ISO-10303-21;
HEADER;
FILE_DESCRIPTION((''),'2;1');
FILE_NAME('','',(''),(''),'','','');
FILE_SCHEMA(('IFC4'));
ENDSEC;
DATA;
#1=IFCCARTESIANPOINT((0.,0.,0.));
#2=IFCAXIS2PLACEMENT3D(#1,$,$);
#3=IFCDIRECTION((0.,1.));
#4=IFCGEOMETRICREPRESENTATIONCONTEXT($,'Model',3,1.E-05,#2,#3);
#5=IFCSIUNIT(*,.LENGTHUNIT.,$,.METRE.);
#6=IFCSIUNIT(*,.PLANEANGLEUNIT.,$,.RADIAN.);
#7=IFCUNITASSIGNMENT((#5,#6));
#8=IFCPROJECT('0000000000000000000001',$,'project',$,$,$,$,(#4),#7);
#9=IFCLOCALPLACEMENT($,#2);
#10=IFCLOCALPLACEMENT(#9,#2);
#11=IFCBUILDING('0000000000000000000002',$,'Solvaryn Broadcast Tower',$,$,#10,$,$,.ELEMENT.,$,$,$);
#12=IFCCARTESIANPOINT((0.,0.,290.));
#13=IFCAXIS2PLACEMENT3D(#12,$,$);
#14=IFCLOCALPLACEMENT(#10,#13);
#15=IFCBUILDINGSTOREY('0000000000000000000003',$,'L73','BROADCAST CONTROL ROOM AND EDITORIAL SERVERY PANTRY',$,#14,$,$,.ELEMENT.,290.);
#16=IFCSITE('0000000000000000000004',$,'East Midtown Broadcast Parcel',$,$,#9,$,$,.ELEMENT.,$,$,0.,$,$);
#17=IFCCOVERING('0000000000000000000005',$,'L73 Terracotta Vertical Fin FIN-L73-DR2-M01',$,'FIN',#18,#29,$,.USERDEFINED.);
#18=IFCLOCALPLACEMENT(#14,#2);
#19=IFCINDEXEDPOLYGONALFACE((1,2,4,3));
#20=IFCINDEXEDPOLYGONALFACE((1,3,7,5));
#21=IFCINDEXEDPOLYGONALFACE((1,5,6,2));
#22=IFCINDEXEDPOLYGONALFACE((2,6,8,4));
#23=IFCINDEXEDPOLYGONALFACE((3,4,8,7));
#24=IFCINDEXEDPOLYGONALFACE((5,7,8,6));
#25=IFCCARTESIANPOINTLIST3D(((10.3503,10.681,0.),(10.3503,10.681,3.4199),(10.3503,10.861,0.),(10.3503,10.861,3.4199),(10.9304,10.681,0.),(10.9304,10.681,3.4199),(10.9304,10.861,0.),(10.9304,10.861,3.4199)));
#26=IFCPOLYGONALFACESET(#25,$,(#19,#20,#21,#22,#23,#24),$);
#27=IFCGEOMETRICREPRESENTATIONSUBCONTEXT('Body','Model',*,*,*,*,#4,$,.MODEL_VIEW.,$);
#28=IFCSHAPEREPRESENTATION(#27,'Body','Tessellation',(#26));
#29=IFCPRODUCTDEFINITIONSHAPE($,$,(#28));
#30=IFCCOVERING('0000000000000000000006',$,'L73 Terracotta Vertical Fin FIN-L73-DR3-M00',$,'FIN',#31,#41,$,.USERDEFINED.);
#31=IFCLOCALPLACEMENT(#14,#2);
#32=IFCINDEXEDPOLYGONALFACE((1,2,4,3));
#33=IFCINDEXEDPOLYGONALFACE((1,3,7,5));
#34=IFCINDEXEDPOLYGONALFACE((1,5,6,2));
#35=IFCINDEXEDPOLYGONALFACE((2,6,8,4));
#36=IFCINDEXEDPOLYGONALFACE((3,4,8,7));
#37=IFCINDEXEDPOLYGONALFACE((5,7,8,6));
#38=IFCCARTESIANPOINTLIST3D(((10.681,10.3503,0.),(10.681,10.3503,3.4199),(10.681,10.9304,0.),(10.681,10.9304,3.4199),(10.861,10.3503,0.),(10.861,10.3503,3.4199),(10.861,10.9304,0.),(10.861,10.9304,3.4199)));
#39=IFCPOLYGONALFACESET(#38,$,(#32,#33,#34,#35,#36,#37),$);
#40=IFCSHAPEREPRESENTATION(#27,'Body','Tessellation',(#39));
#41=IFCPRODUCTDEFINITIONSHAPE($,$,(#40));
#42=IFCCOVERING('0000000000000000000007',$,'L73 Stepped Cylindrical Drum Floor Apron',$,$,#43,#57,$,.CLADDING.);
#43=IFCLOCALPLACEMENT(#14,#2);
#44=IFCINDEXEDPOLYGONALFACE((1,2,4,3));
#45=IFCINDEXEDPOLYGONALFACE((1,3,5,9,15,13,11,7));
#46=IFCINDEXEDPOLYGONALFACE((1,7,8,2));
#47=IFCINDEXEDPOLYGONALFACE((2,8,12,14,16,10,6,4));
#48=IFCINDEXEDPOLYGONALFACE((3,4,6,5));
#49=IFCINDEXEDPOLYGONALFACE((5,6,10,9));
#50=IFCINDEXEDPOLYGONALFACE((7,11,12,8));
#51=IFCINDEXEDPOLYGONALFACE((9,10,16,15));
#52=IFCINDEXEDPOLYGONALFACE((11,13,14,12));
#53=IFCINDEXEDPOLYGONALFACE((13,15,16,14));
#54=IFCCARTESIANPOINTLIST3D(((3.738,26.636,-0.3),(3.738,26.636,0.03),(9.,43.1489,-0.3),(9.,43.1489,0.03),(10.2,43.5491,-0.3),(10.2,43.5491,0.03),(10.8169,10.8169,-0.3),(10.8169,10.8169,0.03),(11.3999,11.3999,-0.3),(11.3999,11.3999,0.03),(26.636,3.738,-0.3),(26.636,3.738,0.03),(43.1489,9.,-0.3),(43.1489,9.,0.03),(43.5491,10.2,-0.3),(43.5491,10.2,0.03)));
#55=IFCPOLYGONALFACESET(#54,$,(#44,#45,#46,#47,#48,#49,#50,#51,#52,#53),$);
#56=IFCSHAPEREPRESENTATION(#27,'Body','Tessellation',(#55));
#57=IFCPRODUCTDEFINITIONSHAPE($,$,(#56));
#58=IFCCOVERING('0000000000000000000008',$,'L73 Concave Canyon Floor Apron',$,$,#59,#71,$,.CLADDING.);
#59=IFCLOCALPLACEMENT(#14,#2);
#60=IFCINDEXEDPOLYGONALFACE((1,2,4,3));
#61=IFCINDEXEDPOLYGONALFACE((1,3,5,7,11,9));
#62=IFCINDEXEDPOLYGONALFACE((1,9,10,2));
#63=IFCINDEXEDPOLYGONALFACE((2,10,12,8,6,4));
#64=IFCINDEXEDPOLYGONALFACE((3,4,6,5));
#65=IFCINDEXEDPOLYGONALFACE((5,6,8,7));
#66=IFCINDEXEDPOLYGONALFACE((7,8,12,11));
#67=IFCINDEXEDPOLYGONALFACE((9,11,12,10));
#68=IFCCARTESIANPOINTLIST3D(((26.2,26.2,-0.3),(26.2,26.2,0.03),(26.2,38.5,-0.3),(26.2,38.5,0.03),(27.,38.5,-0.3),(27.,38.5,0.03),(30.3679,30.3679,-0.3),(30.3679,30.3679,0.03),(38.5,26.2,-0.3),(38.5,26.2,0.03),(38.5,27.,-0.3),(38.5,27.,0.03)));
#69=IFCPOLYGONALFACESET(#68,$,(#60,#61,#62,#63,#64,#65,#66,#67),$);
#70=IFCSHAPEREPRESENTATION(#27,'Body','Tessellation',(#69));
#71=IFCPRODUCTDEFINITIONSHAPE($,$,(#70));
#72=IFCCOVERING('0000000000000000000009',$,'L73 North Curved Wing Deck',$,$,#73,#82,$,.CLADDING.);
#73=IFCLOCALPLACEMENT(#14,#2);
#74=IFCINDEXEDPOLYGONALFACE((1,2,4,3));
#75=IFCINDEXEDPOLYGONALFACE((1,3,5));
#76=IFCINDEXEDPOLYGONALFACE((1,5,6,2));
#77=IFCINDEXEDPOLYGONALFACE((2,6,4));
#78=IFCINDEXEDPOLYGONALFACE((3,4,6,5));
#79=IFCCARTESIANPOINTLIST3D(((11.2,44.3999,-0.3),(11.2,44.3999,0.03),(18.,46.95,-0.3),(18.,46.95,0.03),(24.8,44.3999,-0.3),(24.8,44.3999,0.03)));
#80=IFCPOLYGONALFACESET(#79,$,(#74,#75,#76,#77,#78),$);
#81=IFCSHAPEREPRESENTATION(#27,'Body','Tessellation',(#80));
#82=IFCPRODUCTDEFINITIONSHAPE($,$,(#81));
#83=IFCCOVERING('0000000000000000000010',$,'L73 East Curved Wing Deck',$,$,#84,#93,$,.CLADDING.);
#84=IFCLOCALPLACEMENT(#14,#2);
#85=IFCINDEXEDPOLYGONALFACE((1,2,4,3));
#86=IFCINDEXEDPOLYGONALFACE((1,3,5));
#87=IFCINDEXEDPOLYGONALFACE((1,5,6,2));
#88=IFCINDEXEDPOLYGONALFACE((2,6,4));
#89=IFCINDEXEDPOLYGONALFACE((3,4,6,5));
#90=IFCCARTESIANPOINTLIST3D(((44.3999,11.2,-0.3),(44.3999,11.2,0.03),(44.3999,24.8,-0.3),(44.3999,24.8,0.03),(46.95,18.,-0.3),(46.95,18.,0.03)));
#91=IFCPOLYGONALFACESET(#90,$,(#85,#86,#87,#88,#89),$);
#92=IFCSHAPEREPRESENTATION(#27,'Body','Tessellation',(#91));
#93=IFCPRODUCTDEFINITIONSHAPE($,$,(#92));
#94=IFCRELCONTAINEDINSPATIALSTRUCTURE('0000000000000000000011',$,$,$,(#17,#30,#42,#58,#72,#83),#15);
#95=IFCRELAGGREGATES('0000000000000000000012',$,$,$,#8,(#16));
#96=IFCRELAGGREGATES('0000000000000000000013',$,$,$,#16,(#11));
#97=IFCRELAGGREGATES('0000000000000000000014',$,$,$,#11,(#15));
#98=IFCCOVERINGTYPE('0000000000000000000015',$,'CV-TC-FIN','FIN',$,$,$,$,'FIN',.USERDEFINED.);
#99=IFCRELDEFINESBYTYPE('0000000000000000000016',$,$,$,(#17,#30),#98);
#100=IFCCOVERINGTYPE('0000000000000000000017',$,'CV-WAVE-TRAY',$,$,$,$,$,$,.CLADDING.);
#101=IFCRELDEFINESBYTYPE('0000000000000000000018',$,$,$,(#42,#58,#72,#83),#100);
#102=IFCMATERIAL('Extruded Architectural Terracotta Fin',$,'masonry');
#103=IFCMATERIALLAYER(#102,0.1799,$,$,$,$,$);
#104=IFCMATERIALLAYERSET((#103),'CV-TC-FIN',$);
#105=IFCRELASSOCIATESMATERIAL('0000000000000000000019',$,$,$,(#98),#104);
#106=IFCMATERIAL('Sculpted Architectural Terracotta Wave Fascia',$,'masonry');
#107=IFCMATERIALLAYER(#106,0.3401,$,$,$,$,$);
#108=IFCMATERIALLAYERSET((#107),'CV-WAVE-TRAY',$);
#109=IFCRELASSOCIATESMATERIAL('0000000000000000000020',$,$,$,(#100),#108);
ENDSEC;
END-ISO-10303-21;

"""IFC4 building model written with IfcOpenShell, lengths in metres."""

from ifc_helpers import new_model, si_unit, direction, frame, origin, origin_2d, place, context, subcontext, project, spatial, polyline, rectangle, outline, extrude, material, layer, layer_set, type_object, element, save


model = new_model("IFC4")

# Units and contexts
model_context = context("Model", 3, precision=1e-05, world=origin(), true_north=direction((0.0, 1.0)))
body_context = subcontext(model_context, "Body", "Model", "MODEL_VIEW")
ifc_project = project(units=[si_unit("LENGTHUNIT", "METRE"), si_unit("PLANEANGLEUNIT", "RADIAN")], contexts=[model_context])

# Site, building, storey
site_placement = place(None, origin())
site = spatial("IfcSite", under=ifc_project, at=site_placement, Name="East Midtown Broadcast Parcel", CompositionType="ELEMENT", RefElevation=0.0)
building_placement = place(site_placement, origin())
building = spatial("IfcBuilding", under=site, at=building_placement, Name="Solvaryn Broadcast Tower", CompositionType="ELEMENT")
storey_placement = place(building_placement, frame((0.0, 0.0, 290.0)))
storey = spatial("IfcBuildingStorey", under=building, at=storey_placement, Name="L73", Description="BROADCAST CONTROL ROOM AND EDITORIAL SERVERY PANTRY", CompositionType="ELEMENT", Elevation=290.0)

# Coverings
ifc_material_1 = material(Name="Extruded Architectural Terracotta Fin", Category="masonry")
ifc_layer_1 = layer(ifc_material_1, 0.1799)
ifc_layer_set_1 = layer_set([ifc_layer_1], Name="CV-TC-FIN")
covering_type_1 = type_object("IfcCoveringType", Name="CV-TC-FIN", Description="FIN", ElementType="FIN", PredefinedType="USERDEFINED", material=ifc_layer_set_1)
covering_1_placement = place(storey_placement, frame((10.6404, 10.771, 0.0), z_axis=(0.0, 0.0, 1.0), x_axis=(1.0, 0.0, 0.0)))
element("IfcCovering", 1, at=covering_1_placement, inside=storey, type_object=covering_type_1, Name="L73 Terracotta Vertical Fin FIN-L73-DR2-M01", ObjectType="FIN", PredefinedType="USERDEFINED", context=body_context, shape_type="SweptSolid", body=[
    extrude(rectangle(XDim=0.5801, YDim=0.1799, at=origin_2d()), origin(), (0.0, 0.0, 1.0), 3.4199),
])
covering_2_placement = place(storey_placement, frame((10.771, 10.6404, 0.0), z_axis=(0.0, 0.0, 1.0), x_axis=(1.0, 0.0, 0.0)))
element("IfcCovering", 2, at=covering_2_placement, inside=storey, type_object=covering_type_1, Name="L73 Terracotta Vertical Fin FIN-L73-DR3-M00", ObjectType="FIN", PredefinedType="USERDEFINED", context=body_context, shape_type="SweptSolid", body=[
    extrude(rectangle(XDim=0.1799, YDim=0.5801, at=origin_2d()), origin(), (0.0, 0.0, 1.0), 3.4199),
])
ifc_material_2 = material(Name="Sculpted Architectural Terracotta Wave Fascia", Category="masonry")
ifc_layer_2 = layer(ifc_material_2, 0.3401)
ifc_layer_set_2 = layer_set([ifc_layer_2], Name="CV-WAVE-TRAY")
covering_type_2 = type_object("IfcCoveringType", Name="CV-WAVE-TRAY", PredefinedType="CLADDING", material=ifc_layer_set_2)
covering_3_placement = place(storey_placement, frame((0.0, 0.0, -0.3)))
element("IfcCovering", 3, at=covering_3_placement, inside=storey, type_object=covering_type_2, Name="L73 Stepped Cylindrical Drum Floor Apron", PredefinedType="CLADDING", context=body_context, shape_type="SweptSolid", body=[
    extrude(outline(polyline([(10.2, 43.5491), (9.0, 43.1489), (3.738, 26.636), (10.8169, 10.8169), (26.636, 3.738), (43.1489, 9.0), (43.1489, 9.0), (43.5491, 10.2), (11.3999, 11.3999), (10.2, 43.5491)])), origin(), (0.0, 0.0, 1.0), 0.3301),
])
covering_4_placement = place(storey_placement, frame((0.0, 0.0, -0.3)))
element("IfcCovering", 4, at=covering_4_placement, inside=storey, type_object=covering_type_2, Name="L73 Concave Canyon Floor Apron", PredefinedType="CLADDING", context=body_context, shape_type="SweptSolid", body=[
    extrude(outline(polyline([(26.2, 26.2), (38.5, 26.2), (38.5, 27.0), (30.3679, 30.3679), (27.0, 38.5), (26.2, 38.5), (26.2, 26.2)])), origin(), (0.0, 0.0, 1.0), 0.3301),
])
covering_5_placement = place(storey_placement, frame((0.0, 0.0, -0.3)))
element("IfcCovering", 5, at=covering_5_placement, inside=storey, type_object=covering_type_2, Name="L73 North Curved Wing Deck", PredefinedType="CLADDING", context=body_context, shape_type="SweptSolid", body=[
    extrude(outline(polyline([(11.2, 44.3999), (24.8, 44.3999), (18.0, 46.95), (11.2, 44.3999)])), origin(), (0.0, 0.0, 1.0), 0.3301),
])
covering_6_placement = place(storey_placement, frame((0.0, 0.0, -0.3)))
element("IfcCovering", 6, at=covering_6_placement, inside=storey, type_object=covering_type_2, Name="L73 East Curved Wing Deck", PredefinedType="CLADDING", context=body_context, shape_type="SweptSolid", body=[
    extrude(outline(polyline([(44.3999, 11.2), (46.95, 18.0), (44.3999, 24.8), (44.3999, 11.2)])), origin(), (0.0, 0.0, 1.0), 0.3301),
])

save(model, "model.ifc")
